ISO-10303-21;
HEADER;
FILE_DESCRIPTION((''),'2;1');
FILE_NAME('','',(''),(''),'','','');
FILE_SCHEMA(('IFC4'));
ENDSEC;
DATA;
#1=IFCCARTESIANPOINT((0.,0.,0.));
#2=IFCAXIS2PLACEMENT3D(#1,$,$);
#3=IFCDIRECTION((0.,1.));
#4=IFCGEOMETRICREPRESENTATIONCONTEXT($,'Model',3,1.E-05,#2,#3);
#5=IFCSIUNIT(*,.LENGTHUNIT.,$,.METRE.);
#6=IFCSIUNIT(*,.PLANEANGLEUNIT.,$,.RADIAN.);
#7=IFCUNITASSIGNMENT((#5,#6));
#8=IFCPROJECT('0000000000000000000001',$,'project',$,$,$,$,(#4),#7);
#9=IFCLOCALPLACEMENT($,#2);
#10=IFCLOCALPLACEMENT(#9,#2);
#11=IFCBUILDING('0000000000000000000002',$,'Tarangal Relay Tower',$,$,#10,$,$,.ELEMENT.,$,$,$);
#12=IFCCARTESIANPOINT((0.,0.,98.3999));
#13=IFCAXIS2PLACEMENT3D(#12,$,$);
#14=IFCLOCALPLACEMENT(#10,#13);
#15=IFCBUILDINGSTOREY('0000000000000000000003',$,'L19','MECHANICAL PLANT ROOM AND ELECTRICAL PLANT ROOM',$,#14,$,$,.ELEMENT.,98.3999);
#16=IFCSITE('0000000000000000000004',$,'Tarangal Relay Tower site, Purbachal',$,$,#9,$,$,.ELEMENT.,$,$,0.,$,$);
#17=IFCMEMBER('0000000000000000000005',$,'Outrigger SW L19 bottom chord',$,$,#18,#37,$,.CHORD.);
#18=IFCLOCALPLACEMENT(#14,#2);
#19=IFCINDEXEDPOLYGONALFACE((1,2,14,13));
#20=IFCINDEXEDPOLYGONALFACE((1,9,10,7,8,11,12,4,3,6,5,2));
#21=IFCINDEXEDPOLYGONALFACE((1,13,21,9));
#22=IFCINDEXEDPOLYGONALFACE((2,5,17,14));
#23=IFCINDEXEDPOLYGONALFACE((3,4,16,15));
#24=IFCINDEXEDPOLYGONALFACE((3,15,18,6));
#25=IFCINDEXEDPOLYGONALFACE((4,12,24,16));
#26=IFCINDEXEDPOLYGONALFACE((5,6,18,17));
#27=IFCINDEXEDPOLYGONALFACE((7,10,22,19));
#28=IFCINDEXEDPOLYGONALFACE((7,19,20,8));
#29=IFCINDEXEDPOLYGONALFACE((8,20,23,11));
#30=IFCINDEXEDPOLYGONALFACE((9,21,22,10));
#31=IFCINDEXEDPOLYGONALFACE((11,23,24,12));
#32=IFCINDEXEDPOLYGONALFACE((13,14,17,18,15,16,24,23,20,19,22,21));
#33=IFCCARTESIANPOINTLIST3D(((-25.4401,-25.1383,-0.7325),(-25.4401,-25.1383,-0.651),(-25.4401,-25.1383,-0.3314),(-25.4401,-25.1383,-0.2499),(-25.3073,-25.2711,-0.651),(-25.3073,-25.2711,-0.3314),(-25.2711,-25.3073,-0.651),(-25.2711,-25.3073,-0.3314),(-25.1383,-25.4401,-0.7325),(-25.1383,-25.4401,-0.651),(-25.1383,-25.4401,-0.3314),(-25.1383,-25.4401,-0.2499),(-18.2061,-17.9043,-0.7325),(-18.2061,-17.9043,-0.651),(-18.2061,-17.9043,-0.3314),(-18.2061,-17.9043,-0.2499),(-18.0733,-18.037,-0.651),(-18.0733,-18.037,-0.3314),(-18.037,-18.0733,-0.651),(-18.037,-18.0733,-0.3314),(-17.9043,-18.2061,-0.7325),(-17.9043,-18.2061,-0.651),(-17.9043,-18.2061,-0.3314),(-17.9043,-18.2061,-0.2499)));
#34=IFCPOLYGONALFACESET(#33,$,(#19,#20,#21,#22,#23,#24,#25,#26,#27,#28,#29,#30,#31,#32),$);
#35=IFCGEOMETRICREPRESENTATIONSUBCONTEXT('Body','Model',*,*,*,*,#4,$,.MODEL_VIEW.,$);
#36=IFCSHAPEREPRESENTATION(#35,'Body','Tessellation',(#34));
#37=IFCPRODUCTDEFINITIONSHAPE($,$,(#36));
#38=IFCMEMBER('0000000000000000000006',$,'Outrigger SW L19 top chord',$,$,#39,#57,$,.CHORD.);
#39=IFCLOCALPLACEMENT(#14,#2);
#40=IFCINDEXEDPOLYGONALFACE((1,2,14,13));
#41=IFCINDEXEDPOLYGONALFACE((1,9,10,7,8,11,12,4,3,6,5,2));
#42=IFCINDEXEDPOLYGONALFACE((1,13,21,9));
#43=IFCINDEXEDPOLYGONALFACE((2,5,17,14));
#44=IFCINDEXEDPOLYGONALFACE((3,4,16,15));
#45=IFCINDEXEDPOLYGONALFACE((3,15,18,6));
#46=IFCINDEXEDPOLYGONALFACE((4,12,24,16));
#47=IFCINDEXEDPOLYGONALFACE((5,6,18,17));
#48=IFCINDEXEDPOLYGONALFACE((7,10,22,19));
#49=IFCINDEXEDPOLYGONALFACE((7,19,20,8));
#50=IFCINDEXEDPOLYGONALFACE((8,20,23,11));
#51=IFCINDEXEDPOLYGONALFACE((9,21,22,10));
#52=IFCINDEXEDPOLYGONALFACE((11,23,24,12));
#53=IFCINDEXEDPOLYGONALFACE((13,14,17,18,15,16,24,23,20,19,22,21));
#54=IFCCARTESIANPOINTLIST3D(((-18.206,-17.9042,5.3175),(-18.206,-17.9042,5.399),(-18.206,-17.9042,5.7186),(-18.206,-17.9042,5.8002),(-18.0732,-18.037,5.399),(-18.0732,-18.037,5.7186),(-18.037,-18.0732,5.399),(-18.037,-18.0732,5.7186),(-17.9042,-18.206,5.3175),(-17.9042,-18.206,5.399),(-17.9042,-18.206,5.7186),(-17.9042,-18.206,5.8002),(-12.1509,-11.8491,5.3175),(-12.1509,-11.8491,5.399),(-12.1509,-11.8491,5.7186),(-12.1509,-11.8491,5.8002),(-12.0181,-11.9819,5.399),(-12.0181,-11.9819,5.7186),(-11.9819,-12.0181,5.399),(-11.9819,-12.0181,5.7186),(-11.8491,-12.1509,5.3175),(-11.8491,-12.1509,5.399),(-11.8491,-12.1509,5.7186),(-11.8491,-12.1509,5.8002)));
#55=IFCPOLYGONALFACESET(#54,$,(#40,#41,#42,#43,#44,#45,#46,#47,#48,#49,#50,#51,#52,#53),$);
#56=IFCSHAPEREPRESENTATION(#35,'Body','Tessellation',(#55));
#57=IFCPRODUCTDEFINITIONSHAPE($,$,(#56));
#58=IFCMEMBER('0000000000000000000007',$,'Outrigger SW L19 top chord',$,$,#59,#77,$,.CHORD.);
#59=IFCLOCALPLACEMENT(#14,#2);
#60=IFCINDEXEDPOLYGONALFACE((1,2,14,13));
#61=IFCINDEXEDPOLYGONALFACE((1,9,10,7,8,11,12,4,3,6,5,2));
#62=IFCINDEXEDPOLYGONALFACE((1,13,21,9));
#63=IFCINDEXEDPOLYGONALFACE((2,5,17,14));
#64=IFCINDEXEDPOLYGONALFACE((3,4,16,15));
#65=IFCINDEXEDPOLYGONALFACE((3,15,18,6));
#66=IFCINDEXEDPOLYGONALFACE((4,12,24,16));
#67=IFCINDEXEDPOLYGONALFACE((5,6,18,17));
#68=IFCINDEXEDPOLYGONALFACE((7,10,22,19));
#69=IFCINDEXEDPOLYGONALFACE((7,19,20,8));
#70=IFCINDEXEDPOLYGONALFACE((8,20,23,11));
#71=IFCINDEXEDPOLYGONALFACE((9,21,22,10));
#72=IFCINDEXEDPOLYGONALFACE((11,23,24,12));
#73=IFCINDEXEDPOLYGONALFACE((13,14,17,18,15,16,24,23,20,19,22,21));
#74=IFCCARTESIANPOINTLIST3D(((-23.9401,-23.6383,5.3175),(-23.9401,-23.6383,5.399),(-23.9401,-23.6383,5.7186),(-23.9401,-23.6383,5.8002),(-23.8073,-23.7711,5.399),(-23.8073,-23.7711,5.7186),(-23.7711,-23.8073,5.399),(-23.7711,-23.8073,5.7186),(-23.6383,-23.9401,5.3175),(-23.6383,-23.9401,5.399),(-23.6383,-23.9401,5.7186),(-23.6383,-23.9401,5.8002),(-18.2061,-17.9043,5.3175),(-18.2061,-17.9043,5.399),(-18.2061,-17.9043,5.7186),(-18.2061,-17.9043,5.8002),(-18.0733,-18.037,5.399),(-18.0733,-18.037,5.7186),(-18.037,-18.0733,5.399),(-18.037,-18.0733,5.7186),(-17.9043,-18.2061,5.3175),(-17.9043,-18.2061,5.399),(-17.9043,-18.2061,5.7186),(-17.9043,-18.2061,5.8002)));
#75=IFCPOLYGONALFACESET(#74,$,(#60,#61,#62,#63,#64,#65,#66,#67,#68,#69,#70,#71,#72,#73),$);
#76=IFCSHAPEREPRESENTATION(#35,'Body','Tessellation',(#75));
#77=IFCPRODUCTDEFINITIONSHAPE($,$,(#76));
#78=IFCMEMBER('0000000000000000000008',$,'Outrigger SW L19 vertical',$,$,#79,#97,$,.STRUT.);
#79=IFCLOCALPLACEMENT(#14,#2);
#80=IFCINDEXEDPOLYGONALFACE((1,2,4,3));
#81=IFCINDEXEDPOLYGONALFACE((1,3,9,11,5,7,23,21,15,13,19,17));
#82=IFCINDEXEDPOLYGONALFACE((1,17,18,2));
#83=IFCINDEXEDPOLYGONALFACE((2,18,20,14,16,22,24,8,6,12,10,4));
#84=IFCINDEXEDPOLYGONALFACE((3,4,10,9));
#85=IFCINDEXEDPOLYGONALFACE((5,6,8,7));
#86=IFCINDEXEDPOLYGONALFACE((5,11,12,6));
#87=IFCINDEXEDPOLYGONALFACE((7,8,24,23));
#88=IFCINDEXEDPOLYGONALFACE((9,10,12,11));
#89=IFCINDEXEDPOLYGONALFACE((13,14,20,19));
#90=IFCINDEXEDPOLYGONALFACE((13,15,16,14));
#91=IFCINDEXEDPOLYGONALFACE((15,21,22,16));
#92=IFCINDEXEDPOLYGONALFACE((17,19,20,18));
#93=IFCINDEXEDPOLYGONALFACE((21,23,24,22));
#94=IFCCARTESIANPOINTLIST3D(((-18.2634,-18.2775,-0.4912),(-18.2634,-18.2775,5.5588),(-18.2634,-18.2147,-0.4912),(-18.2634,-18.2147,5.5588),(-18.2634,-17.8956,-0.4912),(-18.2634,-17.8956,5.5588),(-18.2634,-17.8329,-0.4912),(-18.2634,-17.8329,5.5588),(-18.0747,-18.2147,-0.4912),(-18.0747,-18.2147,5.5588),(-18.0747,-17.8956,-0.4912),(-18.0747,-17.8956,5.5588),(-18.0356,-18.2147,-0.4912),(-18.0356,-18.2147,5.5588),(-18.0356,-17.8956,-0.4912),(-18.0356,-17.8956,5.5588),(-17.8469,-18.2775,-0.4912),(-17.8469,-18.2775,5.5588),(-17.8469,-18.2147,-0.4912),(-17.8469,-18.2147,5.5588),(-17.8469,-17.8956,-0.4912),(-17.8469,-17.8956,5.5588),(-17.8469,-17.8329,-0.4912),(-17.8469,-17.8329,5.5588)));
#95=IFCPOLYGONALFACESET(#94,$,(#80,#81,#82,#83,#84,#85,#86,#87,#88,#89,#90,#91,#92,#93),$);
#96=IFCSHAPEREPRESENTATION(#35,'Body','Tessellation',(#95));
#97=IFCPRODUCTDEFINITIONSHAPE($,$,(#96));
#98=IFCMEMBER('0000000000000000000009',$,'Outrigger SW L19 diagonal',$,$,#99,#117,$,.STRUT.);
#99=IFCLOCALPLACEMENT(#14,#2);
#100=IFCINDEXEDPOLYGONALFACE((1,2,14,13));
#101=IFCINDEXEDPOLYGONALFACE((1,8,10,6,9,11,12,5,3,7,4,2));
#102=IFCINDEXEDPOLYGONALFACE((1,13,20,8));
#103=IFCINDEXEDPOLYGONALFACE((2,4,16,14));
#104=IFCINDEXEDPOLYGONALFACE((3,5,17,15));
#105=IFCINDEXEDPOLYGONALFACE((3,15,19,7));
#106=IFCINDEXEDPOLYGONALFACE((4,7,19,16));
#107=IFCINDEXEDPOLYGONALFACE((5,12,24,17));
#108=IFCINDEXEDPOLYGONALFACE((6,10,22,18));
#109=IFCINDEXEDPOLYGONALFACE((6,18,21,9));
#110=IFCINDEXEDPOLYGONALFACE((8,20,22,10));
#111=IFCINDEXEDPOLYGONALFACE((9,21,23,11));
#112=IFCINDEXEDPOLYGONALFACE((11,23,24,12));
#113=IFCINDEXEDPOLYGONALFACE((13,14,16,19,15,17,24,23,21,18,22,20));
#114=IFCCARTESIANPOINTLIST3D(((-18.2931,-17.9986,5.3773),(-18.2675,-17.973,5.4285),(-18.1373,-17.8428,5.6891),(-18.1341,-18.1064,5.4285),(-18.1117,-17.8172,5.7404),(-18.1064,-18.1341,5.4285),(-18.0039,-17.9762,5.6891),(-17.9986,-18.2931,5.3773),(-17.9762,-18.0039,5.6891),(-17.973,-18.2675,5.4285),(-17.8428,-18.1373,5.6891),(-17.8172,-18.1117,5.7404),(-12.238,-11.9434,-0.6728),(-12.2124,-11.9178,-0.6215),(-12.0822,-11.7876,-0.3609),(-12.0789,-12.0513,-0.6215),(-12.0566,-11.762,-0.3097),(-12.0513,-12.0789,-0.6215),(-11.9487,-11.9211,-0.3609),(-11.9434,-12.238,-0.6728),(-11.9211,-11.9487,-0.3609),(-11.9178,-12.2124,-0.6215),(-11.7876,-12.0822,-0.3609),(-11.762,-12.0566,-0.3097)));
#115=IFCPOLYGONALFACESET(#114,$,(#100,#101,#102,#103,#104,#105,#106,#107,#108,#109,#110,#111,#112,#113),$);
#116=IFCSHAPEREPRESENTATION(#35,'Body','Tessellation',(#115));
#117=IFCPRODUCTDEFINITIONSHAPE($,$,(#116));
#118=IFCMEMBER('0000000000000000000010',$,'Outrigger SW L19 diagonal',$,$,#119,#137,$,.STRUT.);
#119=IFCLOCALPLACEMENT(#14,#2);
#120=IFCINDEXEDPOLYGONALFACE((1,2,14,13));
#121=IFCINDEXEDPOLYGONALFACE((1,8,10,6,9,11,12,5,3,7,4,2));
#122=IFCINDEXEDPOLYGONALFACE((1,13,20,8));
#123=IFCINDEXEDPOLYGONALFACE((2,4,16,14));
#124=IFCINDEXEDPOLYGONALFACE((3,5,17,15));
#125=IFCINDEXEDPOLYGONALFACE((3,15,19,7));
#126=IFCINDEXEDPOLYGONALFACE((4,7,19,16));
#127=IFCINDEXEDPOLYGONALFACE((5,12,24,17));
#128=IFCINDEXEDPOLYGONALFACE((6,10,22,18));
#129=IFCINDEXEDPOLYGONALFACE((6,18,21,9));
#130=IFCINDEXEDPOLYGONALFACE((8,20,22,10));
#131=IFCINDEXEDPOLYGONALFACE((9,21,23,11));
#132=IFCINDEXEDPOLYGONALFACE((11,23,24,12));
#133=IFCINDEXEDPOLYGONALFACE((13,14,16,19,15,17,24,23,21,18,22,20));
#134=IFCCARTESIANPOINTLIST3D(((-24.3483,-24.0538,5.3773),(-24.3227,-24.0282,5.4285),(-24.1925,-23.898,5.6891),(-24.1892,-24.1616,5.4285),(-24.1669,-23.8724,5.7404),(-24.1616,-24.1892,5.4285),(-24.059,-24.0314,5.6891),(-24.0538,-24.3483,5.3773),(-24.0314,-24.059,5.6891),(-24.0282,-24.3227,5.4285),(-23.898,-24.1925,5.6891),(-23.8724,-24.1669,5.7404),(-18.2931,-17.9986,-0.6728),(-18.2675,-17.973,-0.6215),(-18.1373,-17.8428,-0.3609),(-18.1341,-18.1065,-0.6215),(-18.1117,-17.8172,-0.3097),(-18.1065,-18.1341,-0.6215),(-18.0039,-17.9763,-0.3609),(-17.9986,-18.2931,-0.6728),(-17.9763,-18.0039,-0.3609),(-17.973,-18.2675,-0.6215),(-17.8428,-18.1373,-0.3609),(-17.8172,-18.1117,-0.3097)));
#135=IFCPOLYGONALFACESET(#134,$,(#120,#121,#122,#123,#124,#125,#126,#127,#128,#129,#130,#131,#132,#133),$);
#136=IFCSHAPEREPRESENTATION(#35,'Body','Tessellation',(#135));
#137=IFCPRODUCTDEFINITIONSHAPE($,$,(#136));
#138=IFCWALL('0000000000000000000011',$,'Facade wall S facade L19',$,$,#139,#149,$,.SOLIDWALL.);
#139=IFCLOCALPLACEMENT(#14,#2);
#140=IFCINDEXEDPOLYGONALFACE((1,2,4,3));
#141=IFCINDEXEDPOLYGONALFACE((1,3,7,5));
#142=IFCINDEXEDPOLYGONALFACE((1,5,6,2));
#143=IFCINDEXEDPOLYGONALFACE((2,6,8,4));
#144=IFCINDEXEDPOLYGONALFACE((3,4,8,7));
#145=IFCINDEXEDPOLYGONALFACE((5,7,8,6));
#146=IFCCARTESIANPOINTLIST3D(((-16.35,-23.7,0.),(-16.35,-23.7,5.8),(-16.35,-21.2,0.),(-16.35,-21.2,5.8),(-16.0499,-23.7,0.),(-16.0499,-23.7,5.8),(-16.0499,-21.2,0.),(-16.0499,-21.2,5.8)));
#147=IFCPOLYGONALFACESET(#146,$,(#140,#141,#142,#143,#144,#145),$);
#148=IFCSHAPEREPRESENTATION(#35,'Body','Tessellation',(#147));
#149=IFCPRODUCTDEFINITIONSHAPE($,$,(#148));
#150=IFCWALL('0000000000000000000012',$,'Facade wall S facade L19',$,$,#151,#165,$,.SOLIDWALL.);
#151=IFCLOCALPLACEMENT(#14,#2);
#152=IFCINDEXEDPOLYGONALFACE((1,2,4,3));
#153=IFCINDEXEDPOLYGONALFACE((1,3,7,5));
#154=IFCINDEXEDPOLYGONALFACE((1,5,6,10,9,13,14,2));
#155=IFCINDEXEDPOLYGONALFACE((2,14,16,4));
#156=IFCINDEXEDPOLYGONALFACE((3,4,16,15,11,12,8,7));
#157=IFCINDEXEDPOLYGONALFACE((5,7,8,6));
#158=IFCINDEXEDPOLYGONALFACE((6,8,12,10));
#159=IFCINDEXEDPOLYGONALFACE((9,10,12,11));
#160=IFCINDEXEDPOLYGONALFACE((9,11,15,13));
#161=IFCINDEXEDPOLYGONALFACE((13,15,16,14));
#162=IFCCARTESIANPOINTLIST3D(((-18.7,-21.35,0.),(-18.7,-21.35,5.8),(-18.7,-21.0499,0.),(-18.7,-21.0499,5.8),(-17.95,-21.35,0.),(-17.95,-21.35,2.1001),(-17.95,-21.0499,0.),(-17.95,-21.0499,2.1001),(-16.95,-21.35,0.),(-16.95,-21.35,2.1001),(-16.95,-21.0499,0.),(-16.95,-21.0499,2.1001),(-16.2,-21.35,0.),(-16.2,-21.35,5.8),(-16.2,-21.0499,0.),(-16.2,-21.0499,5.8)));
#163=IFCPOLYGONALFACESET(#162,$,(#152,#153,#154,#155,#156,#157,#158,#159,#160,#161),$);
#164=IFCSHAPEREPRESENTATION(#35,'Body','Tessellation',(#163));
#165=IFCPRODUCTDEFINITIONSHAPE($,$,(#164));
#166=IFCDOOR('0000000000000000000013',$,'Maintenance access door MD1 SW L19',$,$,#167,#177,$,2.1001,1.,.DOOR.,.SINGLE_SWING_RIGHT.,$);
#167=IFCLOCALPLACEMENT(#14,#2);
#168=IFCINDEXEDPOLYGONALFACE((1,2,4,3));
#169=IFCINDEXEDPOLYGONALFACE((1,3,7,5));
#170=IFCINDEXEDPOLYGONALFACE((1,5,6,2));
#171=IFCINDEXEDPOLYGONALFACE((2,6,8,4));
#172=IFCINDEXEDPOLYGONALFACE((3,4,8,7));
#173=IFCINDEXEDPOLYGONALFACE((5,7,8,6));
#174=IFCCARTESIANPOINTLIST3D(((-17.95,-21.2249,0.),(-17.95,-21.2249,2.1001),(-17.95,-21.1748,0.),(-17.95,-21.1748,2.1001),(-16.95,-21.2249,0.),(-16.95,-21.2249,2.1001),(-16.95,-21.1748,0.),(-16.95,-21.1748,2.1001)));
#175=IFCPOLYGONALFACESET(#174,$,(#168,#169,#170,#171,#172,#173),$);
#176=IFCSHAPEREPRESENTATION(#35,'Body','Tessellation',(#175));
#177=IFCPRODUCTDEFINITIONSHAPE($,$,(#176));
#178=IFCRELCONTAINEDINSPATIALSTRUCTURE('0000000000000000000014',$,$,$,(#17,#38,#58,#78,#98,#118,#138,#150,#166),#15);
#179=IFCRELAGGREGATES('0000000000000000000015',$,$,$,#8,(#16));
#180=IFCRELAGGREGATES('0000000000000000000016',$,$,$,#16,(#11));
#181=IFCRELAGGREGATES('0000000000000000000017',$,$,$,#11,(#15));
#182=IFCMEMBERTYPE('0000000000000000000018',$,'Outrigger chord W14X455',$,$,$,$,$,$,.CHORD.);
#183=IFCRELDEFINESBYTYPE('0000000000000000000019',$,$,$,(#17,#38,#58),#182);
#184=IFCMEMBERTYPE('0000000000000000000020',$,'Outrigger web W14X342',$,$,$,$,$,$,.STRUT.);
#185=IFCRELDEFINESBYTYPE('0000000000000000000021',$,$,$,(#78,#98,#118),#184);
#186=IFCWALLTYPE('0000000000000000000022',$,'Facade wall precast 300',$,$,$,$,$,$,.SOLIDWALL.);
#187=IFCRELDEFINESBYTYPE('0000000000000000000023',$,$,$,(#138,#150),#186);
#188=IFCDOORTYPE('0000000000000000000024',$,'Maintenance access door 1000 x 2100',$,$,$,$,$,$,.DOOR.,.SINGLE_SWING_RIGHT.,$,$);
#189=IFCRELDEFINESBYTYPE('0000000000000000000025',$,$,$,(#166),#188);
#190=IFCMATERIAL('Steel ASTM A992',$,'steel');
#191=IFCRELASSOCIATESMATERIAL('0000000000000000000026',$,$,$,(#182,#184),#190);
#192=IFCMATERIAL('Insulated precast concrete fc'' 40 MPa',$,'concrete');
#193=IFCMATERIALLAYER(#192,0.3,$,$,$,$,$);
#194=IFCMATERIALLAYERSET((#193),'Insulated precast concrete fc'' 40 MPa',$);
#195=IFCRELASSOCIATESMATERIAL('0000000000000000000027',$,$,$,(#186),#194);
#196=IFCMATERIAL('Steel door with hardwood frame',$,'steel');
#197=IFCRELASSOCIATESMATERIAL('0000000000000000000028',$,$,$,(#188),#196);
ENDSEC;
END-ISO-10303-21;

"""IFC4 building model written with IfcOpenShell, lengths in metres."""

from ifc_helpers import new_model, si_unit, direction, frame, frame_2d, origin, origin_2d, place, context, subcontext, project, spatial, rectangle, i_section, extrude, clip, halfspace, material, layer, layer_set, material_profile, profile_set, type_object, element, fill, save


model = new_model("IFC4")

# Units and contexts
model_context = context("Model", 3, precision=1e-05, world=origin(), true_north=direction((0.0, 1.0)))
body_context = subcontext(model_context, "Body", "Model", "MODEL_VIEW")
ifc_project = project(units=[si_unit("LENGTHUNIT", "METRE"), si_unit("PLANEANGLEUNIT", "RADIAN")], contexts=[model_context])

# Site, building, storey
site_placement = place(None, origin())
site = spatial("IfcSite", under=ifc_project, at=site_placement, Name="Tarangal Relay Tower site, Purbachal", CompositionType="ELEMENT", RefElevation=0.0)
building_placement = place(site_placement, origin())
building = spatial("IfcBuilding", under=site, at=building_placement, Name="Tarangal Relay Tower", CompositionType="ELEMENT")
storey_placement = place(building_placement, frame((0.0, 0.0, 98.3999)))
storey = spatial("IfcBuildingStorey", under=building, at=storey_placement, Name="L19", Description="MECHANICAL PLANT ROOM AND ELECTRICAL PLANT ROOM", CompositionType="ELEMENT", Elevation=98.3999)

# Shared definitions
ifc_material_1 = material(Name="Steel ASTM A992", Category="steel")

# Members
ifc_material_profile_1 = material_profile(ifc_material_1, i_section(OverallWidth=0.4268, OverallDepth=0.4827, WebThickness=0.0513, FlangeThickness=0.0815, at=origin_2d()), Name="W14X455")
ifc_profile_set_1 = profile_set([ifc_material_profile_1], Name="Steel ASTM A992")
member_type_1 = type_object("IfcMemberType", Name="Outrigger chord W14X455", PredefinedType="CHORD", material=ifc_profile_set_1)
member_1_placement = place(storey_placement, frame((-18.0552, -18.0552, -0.4912), z_axis=(-0.707107, -0.707107, 0.0), x_axis=(0.707107, -0.707107, 0.0)))
element("IfcMember", 1, at=member_1_placement, inside=storey, type_object=member_type_1, Name="Outrigger SW L19 bottom chord", PredefinedType="CHORD", context=body_context, shape_type="Clipping", body=[
    clip(extrude(i_section(OverallWidth=0.4268, OverallDepth=0.4827, WebThickness=0.0513, FlangeThickness=0.0815, at=origin_2d()), origin(), (0.0, 0.0, 1.0), 10.5286), halfspace(frame((0.0, 0.0, 10.2305)), False)),
])
member_2_placement = place(storey_placement, frame((-12.0, -12.0, 5.5588), z_axis=(-0.707107, -0.707107, 0.0), x_axis=(0.707107, -0.707107, 0.0)))
element("IfcMember", 2, at=member_2_placement, inside=storey, type_object=member_type_1, Name="Outrigger SW L19 top chord", PredefinedType="CHORD", context=body_context, shape_type="SweptSolid", body=[
    extrude(i_section(OverallWidth=0.4268, OverallDepth=0.4827, WebThickness=0.0513, FlangeThickness=0.0815, at=origin_2d()), origin(), (0.0, 0.0, 1.0), 8.5632),
])
member_3_placement = place(storey_placement, frame((-18.0552, -18.0552, 5.5588), z_axis=(-0.707107, -0.707107, 0.0), x_axis=(0.707107, -0.707107, 0.0)))
element("IfcMember", 3, at=member_3_placement, inside=storey, type_object=member_type_1, Name="Outrigger SW L19 top chord", PredefinedType="CHORD", context=body_context, shape_type="Clipping", body=[
    clip(extrude(i_section(OverallWidth=0.4268, OverallDepth=0.4827, WebThickness=0.0513, FlangeThickness=0.0815, at=origin_2d()), origin(), (0.0, 0.0, 1.0), 8.5632), halfspace(frame((0.0, 0.0, 8.1091)), False)),
])
ifc_material_profile_2 = material_profile(ifc_material_1, i_section(OverallWidth=0.4165, OverallDepth=0.4446, WebThickness=0.0391, FlangeThickness=0.0627, at=origin_2d()), Name="W14X342")
ifc_profile_set_2 = profile_set([ifc_material_profile_2], Name="Steel ASTM A992")
member_type_2 = type_object("IfcMemberType", Name="Outrigger web W14X342", PredefinedType="STRUT", material=ifc_profile_set_2)
member_4_placement = place(storey_placement, frame((-18.0552, -18.0552, -0.4912), z_axis=(0.0, 0.0, 1.0), x_axis=(1.0, 0.0, 0.0)))
element("IfcMember", 4, at=member_4_placement, inside=storey, type_object=member_type_2, Name="Outrigger SW L19 vertical", PredefinedType="STRUT", context=body_context, shape_type="SweptSolid", body=[
    extrude(i_section(OverallWidth=0.4165, OverallDepth=0.4446, WebThickness=0.0391, FlangeThickness=0.0627, at=origin_2d()), origin(), (0.0, 0.0, 1.0), 6.05),
])
for number, where, z_axis, x_axis, name in (
    (5, (-12.0, -12.0, -0.4912), (-0.577513, -0.577513, 0.577024), (0.707107, -0.707107, 0.0), "Outrigger SW L19 diagonal"),
    (6, (-18.0552, -18.0552, -0.4912), (-0.577513, -0.577513, 0.577024), (0.707107, -0.707107, 0.0), "Outrigger SW L19 diagonal"),
):
    element("IfcMember", number, at=place(storey_placement, frame(where, z_axis=z_axis, x_axis=x_axis)), inside=storey, type_object=member_type_2, Name=name, PredefinedType="STRUT", context=body_context, shape_type="SweptSolid", body=[
        extrude(i_section(OverallWidth=0.4165, OverallDepth=0.4446, WebThickness=0.0391, FlangeThickness=0.0627, at=origin_2d()), origin(), (0.0, 0.0, 1.0), 10.4849),
    ])

# Wall
ifc_material_2 = material(Name="Insulated precast concrete fc' 40 MPa", Category="concrete")
ifc_layer_1 = layer(ifc_material_2, 0.3)
ifc_layer_set_1 = layer_set([ifc_layer_1], Name="Insulated precast concrete fc' 40 MPa")
wall_type_1 = type_object("IfcWallType", Name="Facade wall precast 300", PredefinedType="SOLIDWALL", material=ifc_layer_set_1)
wall_1_placement = place(storey_placement, frame((-16.2, -23.7, 0.0), z_axis=(0.0, 0.0, 1.0), x_axis=(0.0, 1.0, 0.0)))
element("IfcWall", 7, at=wall_1_placement, inside=storey, type_object=wall_type_1, Name="Facade wall S facade L19", PredefinedType="SOLIDWALL", context=body_context, shape_type="SweptSolid", body=[
    extrude(rectangle(XDim=2.5, YDim=0.3, at=frame_2d((1.25, 0.0))), origin(), (0.0, 0.0, 1.0), 5.8),
])

# Wall, opening, door
wall_2_placement = place(storey_placement, frame((-16.2, -21.2, 0.0), z_axis=(0.0, 0.0, 1.0), x_axis=(-1.0, 0.0, 0.0)))
wall_2 = element("IfcWall", 8, at=wall_2_placement, inside=storey, type_object=wall_type_1, Name="Facade wall S facade L19", PredefinedType="SOLIDWALL", context=body_context, shape_type="SweptSolid", body=[
    extrude(rectangle(XDim=2.5, YDim=0.3, at=frame_2d((1.25, 0.0))), origin(), (0.0, 0.0, 1.0), 5.8),
])
opening_1_placement = place(wall_2_placement, frame((0.75, 0.0, 0.0)))
opening_1 = element("IfcOpeningElement", 9, at=opening_1_placement, cuts=wall_2, PredefinedType="OPENING", context=body_context, shape_type="SweptSolid", body=[
    extrude(rectangle(XDim=1.0, YDim=2.1001, at=frame_2d((0.5, 1.05))), frame((0.0, 0.1599, 0.0), z_axis=(0.0, -1.0, 0.0), x_axis=(1.0, 0.0, 0.0)), (0.0, 0.0, 1.0), 0.3201),
])
ifc_material_3 = material(Name="Steel door with hardwood frame", Category="steel")
door_type = type_object("IfcDoorType", Name="Maintenance access door 1000 x 2100", OperationType="SINGLE_SWING_RIGHT", PredefinedType="DOOR", material=ifc_material_3)
door_placement = place(opening_1_placement, origin())
door = element("IfcDoor", 10, at=door_placement, inside=storey, type_object=door_type, Name="Maintenance access door MD1 SW L19", OperationType="SINGLE_SWING_RIGHT", OverallHeight=2.1001, OverallWidth=1.0, PredefinedType="DOOR", context=body_context, shape_type="SweptSolid", body=[
    extrude(rectangle(XDim=1.0, YDim=2.1001, at=frame_2d((0.5, 1.05))), frame((0.0, 0.0249, 0.0), z_axis=(0.0, -1.0, 0.0), x_axis=(1.0, 0.0, 0.0)), (0.0, 0.0, 1.0), 0.05),
])
fill(opening_1, door)

save(model, "model.ifc")
